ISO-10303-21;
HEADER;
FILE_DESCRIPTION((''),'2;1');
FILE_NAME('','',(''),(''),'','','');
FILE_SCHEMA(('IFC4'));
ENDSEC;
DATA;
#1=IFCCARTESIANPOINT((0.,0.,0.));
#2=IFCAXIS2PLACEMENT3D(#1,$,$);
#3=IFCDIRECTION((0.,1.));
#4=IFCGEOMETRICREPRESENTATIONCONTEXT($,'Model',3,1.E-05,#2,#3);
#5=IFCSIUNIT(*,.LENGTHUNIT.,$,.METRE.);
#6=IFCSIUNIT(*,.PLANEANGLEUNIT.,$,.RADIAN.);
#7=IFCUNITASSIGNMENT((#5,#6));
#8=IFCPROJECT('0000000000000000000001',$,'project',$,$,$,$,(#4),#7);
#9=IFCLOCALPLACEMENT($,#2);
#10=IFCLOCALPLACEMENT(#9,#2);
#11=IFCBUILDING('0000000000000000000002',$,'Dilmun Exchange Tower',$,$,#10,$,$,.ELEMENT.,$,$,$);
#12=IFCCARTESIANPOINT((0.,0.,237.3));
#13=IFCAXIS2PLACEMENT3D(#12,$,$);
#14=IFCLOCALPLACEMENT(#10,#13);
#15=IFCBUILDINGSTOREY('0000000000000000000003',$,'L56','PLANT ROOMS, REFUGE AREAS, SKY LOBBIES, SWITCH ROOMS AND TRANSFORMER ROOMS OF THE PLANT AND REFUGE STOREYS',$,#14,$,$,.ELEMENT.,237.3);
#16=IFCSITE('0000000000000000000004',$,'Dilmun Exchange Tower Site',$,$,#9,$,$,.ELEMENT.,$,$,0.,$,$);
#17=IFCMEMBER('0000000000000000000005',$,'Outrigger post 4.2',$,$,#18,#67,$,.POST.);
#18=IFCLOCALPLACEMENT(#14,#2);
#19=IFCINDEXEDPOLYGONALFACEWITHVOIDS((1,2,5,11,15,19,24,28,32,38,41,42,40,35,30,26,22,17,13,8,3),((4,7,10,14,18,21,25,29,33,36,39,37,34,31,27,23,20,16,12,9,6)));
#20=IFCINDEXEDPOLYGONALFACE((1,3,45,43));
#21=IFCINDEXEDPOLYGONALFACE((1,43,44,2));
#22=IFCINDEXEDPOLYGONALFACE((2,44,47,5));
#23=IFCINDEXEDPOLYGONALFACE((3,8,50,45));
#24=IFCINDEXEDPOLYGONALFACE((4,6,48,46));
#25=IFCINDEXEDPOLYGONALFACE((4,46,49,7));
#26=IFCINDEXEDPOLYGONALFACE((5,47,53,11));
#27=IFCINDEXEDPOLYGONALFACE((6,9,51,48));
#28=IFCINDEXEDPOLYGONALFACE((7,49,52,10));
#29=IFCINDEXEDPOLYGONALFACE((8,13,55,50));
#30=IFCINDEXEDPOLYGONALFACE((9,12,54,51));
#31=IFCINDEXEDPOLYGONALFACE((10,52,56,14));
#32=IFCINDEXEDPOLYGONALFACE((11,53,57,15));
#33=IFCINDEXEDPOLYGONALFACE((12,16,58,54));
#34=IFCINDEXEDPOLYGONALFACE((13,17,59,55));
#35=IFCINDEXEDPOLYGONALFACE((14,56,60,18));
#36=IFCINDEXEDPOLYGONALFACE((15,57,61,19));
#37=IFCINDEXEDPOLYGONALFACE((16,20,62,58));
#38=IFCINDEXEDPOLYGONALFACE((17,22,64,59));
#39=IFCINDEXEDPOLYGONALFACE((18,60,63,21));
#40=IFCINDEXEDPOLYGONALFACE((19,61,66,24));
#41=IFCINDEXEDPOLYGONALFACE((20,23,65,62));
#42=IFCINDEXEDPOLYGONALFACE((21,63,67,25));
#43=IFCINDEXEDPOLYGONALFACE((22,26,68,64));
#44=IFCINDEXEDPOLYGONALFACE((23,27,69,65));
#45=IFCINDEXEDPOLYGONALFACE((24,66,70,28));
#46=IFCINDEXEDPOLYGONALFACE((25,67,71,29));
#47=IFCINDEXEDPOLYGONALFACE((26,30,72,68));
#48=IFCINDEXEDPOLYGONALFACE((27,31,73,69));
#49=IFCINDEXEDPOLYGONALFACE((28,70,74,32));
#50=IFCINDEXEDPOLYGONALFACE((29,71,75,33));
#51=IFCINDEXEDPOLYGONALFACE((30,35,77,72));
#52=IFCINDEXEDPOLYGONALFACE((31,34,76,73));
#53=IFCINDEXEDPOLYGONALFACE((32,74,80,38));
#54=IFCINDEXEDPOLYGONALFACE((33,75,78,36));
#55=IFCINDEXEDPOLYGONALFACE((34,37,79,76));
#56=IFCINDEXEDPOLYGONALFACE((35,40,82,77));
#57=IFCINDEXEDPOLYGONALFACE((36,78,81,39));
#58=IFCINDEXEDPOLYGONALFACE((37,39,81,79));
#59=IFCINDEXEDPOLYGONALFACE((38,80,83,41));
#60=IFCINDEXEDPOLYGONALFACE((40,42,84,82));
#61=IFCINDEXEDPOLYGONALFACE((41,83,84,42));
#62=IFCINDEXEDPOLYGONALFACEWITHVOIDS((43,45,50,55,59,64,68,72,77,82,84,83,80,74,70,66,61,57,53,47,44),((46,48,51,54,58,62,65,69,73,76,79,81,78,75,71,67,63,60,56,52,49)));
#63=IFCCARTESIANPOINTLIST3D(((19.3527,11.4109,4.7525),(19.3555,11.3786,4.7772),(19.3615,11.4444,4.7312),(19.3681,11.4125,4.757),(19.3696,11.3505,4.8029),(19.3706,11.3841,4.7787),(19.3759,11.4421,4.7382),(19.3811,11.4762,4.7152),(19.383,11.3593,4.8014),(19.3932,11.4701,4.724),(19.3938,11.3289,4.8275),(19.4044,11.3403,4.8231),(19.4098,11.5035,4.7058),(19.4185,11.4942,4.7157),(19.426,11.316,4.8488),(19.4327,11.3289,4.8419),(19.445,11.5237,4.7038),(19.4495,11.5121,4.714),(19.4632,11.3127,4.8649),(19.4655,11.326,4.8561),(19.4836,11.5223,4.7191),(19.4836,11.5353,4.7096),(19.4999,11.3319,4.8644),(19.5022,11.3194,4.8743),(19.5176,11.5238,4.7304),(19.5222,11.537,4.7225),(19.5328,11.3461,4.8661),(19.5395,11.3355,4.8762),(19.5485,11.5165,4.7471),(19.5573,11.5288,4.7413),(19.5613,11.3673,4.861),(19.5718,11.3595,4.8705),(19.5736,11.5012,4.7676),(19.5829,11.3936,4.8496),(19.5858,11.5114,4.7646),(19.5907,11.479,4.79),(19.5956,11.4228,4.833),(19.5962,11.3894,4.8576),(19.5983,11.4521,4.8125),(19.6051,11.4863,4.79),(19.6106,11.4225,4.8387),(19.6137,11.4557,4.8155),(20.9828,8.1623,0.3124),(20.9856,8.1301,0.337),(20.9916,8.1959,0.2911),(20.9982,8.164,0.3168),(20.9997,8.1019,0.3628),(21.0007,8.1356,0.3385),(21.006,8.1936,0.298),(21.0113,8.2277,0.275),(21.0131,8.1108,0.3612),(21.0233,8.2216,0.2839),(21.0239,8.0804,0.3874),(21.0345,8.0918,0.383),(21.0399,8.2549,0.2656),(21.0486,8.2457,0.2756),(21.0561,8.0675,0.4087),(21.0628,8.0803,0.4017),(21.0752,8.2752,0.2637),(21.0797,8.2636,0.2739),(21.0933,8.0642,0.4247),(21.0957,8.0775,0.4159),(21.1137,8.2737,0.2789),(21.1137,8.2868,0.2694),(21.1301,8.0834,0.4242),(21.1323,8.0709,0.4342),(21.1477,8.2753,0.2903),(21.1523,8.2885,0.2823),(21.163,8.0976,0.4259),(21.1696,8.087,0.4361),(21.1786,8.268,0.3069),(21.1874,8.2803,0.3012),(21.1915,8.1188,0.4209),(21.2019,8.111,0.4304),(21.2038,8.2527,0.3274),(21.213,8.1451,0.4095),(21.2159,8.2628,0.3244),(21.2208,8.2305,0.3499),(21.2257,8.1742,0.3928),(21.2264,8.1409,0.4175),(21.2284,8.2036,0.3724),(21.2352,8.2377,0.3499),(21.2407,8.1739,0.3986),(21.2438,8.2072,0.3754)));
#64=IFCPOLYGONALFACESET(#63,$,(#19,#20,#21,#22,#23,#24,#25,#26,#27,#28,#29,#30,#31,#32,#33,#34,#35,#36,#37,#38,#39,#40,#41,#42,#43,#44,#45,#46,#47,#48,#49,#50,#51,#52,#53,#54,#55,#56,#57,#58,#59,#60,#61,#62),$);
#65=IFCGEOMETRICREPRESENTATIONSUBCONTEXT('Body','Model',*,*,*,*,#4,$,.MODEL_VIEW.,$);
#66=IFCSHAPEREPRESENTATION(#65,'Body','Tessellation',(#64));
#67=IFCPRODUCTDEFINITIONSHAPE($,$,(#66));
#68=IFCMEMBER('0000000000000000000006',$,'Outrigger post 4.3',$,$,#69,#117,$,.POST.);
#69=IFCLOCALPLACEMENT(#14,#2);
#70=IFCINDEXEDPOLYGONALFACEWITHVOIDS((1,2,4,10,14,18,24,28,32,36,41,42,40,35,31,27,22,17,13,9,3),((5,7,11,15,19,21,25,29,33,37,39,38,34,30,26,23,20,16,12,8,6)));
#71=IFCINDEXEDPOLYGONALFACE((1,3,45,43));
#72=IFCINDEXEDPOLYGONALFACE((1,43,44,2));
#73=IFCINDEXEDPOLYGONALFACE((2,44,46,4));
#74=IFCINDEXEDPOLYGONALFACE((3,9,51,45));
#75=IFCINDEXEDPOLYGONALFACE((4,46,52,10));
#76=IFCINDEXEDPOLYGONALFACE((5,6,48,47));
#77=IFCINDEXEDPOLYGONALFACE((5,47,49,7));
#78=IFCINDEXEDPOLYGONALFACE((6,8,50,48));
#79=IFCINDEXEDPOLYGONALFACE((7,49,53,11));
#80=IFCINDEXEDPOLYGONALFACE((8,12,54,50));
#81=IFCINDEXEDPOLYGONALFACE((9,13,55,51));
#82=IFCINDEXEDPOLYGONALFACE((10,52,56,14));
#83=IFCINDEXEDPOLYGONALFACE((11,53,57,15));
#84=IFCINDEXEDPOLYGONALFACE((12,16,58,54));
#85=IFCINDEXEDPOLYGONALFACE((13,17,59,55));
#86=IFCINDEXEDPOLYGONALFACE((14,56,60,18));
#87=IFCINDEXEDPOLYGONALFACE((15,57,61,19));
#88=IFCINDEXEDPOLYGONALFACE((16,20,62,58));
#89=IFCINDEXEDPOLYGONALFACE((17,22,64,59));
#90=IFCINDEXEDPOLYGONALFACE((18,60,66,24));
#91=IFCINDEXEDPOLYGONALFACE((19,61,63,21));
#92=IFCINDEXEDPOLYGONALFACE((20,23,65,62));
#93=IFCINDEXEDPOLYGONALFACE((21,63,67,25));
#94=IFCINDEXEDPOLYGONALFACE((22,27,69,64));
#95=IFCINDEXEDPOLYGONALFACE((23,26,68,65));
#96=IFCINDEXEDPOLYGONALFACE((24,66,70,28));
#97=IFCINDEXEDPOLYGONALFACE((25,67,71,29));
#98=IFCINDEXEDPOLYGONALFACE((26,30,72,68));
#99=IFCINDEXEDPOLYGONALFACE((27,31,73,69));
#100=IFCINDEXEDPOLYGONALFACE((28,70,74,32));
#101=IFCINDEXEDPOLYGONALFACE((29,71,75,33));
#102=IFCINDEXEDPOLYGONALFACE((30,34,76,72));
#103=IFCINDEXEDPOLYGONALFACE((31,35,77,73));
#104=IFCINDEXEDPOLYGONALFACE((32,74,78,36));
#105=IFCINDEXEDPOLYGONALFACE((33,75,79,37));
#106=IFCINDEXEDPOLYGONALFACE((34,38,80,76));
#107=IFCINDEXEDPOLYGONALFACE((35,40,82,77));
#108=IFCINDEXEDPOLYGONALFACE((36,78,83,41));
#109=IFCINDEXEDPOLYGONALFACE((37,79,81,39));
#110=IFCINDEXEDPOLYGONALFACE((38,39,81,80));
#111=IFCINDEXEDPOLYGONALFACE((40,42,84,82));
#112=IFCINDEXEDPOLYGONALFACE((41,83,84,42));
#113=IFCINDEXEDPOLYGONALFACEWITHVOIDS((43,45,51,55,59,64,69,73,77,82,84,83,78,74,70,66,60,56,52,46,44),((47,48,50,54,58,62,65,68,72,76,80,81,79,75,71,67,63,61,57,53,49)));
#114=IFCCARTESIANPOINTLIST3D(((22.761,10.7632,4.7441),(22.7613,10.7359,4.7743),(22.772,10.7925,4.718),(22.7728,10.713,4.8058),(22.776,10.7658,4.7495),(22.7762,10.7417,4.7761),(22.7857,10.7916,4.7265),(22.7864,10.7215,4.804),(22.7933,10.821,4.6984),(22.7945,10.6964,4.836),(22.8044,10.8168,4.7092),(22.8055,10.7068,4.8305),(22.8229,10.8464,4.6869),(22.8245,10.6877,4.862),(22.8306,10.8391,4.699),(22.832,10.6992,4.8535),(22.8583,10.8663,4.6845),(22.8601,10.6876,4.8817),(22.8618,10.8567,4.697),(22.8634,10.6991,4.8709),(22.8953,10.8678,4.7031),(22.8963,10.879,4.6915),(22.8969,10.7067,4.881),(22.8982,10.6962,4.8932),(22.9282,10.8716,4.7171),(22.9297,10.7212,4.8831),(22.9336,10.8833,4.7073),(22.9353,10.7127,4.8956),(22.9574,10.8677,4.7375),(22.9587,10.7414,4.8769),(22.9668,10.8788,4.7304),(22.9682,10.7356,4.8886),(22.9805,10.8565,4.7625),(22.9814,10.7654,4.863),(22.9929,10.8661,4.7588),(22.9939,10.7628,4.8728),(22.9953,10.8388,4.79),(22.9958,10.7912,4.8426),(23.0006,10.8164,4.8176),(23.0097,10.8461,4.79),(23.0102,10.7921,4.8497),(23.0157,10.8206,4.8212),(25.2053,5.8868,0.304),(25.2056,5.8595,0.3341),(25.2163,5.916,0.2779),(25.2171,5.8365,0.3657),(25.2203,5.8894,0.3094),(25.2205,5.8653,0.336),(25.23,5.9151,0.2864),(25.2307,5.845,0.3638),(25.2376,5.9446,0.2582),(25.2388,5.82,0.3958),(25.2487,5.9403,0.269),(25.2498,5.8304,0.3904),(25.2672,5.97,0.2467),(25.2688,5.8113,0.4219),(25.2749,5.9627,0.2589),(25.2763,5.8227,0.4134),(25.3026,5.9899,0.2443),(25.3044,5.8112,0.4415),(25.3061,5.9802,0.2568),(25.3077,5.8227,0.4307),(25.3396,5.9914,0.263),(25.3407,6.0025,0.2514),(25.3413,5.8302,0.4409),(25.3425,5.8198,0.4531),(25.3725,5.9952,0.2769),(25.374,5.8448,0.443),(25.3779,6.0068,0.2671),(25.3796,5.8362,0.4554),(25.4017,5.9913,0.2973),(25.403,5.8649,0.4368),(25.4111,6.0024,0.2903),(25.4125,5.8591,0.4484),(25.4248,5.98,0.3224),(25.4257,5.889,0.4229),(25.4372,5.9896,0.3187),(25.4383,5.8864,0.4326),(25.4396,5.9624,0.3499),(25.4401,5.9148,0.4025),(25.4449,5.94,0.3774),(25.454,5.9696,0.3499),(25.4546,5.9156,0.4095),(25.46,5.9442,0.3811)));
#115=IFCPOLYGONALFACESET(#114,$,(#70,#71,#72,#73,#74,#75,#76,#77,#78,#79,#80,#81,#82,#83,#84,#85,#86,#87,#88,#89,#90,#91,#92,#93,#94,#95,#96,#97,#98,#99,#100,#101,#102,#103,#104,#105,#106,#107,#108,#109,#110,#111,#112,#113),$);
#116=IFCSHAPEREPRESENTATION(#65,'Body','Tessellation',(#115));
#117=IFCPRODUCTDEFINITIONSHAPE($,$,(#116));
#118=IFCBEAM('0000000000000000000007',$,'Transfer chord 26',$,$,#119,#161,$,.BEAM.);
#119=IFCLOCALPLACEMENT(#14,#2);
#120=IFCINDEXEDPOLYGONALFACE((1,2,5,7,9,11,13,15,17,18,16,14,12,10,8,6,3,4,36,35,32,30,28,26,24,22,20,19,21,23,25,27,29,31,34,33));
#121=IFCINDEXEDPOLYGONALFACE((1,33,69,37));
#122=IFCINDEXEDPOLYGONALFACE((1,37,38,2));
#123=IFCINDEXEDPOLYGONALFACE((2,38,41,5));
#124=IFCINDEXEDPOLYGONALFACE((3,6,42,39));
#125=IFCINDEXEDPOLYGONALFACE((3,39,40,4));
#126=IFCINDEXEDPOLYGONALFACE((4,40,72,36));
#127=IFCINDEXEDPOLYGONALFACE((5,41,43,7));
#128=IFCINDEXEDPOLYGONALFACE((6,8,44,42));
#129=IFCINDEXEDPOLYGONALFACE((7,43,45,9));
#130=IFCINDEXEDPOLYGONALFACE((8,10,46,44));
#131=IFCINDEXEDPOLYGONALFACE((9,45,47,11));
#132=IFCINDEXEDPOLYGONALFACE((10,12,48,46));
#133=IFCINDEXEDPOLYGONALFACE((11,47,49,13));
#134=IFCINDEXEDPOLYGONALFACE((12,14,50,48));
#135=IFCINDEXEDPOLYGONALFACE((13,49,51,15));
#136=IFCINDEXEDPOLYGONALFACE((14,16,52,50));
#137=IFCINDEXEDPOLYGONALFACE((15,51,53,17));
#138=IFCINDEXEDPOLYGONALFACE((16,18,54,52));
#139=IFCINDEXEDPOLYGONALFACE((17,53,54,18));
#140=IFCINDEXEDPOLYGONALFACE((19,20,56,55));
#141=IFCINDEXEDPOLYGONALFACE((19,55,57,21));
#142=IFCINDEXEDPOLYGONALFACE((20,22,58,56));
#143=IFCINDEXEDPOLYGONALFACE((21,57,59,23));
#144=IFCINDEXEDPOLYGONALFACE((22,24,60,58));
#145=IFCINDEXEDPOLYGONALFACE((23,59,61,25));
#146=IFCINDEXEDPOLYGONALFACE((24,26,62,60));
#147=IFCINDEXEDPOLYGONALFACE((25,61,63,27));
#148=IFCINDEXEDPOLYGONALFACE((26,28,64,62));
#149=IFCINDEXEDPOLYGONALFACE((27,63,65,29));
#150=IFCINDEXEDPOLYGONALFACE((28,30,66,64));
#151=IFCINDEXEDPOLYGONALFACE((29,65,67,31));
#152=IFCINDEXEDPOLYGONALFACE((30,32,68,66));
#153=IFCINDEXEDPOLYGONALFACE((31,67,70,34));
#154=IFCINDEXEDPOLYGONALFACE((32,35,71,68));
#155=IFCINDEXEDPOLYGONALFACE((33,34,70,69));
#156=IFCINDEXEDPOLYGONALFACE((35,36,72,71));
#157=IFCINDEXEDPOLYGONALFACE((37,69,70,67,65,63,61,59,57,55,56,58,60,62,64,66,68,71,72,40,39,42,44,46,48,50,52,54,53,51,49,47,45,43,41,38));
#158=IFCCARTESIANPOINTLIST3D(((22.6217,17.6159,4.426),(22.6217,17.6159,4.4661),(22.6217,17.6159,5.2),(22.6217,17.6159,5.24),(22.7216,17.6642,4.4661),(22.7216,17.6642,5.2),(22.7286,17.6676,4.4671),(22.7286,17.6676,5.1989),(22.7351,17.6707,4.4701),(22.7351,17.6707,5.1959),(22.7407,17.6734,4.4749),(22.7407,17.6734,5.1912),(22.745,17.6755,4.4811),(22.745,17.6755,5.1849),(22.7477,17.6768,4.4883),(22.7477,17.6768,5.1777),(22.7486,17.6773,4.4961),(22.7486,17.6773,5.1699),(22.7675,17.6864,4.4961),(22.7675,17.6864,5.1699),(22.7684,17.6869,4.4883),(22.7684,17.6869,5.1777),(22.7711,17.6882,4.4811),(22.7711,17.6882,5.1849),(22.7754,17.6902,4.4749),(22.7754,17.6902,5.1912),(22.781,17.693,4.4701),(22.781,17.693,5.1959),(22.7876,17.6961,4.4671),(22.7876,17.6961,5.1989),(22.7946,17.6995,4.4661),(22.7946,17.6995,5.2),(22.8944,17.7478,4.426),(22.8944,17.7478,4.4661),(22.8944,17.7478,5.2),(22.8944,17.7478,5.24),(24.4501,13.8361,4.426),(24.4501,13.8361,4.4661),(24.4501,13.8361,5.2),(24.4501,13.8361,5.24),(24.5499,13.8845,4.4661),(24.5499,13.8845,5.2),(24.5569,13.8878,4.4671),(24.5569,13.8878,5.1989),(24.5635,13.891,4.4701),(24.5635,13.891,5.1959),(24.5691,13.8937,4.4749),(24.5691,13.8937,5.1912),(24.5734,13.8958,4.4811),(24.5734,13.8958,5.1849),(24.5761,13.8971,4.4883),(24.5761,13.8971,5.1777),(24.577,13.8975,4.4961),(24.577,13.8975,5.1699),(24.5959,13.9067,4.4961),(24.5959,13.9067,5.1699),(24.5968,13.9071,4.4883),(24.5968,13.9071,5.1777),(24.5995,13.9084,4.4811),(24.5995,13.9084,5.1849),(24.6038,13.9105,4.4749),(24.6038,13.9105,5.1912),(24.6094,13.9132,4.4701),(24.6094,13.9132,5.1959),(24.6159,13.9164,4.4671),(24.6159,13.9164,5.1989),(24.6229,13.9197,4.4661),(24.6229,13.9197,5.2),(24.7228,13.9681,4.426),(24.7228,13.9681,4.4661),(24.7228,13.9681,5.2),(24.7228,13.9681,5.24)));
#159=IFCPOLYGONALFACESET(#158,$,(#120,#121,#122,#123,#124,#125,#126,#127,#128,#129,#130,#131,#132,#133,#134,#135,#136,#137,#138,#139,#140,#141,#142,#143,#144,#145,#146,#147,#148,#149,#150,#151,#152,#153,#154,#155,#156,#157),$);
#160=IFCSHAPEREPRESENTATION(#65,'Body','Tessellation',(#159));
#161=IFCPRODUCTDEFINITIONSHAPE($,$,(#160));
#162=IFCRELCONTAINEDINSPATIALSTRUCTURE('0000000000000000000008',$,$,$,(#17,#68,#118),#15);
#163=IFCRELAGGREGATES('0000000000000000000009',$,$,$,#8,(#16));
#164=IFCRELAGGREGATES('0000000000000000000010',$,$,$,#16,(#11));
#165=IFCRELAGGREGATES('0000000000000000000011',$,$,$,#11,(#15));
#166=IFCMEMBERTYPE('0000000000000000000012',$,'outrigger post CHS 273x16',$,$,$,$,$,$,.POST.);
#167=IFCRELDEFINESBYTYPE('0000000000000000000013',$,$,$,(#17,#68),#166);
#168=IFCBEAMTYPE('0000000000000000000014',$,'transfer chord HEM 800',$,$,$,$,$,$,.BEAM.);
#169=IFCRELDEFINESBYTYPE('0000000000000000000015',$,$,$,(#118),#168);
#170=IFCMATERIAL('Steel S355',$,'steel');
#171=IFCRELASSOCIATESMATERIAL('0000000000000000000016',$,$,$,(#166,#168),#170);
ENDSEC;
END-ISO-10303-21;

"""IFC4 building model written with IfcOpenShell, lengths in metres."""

from ifc_helpers import new_model, si_unit, direction, frame, origin, origin_2d, place, context, subcontext, project, spatial, hollow_circle, i_section, extrude, material, material_profile, profile_set, type_object, element, save


model = new_model("IFC4")

# Units and contexts
model_context = context("Model", 3, precision=1e-05, world=origin(), true_north=direction((0.0, 1.0)))
body_context = subcontext(model_context, "Body", "Model", "MODEL_VIEW")
ifc_project = project(units=[si_unit("LENGTHUNIT", "METRE"), si_unit("PLANEANGLEUNIT", "RADIAN")], contexts=[model_context])

# Site, building, storey
site_placement = place(None, origin())
site = spatial("IfcSite", under=ifc_project, at=site_placement, Name="Dilmun Exchange Tower Site", CompositionType="ELEMENT", RefElevation=0.0)
building_placement = place(site_placement, origin())
building = spatial("IfcBuilding", under=site, at=building_placement, Name="Dilmun Exchange Tower", CompositionType="ELEMENT")
storey_placement = place(building_placement, frame((0.0, 0.0, 237.3)))
storey = spatial("IfcBuildingStorey", under=building, at=storey_placement, Name="L56", Description="PLANT ROOMS, REFUGE AREAS, SKY LOBBIES, SWITCH ROOMS AND TRANSFORMER ROOMS OF THE PLANT AND REFUGE STOREYS", CompositionType="ELEMENT", Elevation=237.3)

# Shared definitions
ifc_material_1 = material(Name="Steel S355", Category="steel")

# Members
ifc_material_profile_1 = material_profile(ifc_material_1, hollow_circle(Radius=0.1365, WallThickness=0.0161, at=origin_2d()), Name="CHS 273x16")
ifc_profile_set_1 = profile_set([ifc_material_profile_1], Name="Steel S355")
member_type_1 = type_object("IfcMemberType", Name="outrigger post CHS 273x16", PredefinedType="POST", material=ifc_profile_set_1)
member_1_placement = place(storey_placement, frame((19.4832, 11.425, 4.79), z_axis=(0.284089, -0.566136, -0.773811), x_axis=(0.893781, 0.448503, 0.0)))
element("IfcMember", 1, at=member_1_placement, inside=storey, type_object=member_type_1, Name="Outrigger post 4.2", PredefinedType="POST", context=body_context, shape_type="SweptSolid", body=[
    extrude(hollow_circle(Radius=0.1365, WallThickness=0.0161, at=origin_2d()), origin(), (0.0, 0.0, 1.0), 5.738),
])
member_2_placement = place(storey_placement, frame((22.8877, 10.7849, 4.79), z_axis=(0.347528, -0.693321, -0.631292), x_axis=(0.893979, 0.448109, 0.0)))
element("IfcMember", 2, at=member_2_placement, inside=storey, type_object=member_type_1, Name="Outrigger post 4.3", PredefinedType="POST", context=body_context, shape_type="SweptSolid", body=[
    extrude(hollow_circle(Radius=0.1365, WallThickness=0.0161, at=origin_2d()), origin(), (0.0, 0.0, 1.0), 7.0334),
])

# Beam
ifc_material_profile_2 = material_profile(ifc_material_1, i_section(OverallWidth=0.303, OverallDepth=0.814, WebThickness=0.021, FlangeThickness=0.04, FilletRadius=0.03, at=origin_2d()), Name="HEM 800")
ifc_profile_set_2 = profile_set([ifc_material_profile_2], Name="Steel S355")
beam_type_1 = type_object("IfcBeamType", Name="transfer chord HEM 800", PredefinedType="BEAM", material=ifc_profile_set_2)
beam_1_placement = place(storey_placement, frame((24.5864, 13.9021, 4.833), z_axis=(-0.435453, 0.900211, 0.0), x_axis=(-0.900211, -0.435453, 0.0)))
element("IfcBeam", 3, at=beam_1_placement, inside=storey, type_object=beam_type_1, Name="Transfer chord 26", PredefinedType="BEAM", context=body_context, shape_type="SweptSolid", body=[
    extrude(i_section(OverallWidth=0.303, OverallDepth=0.814, WebThickness=0.021, FlangeThickness=0.04, FilletRadius=0.03, at=origin_2d()), origin(), (0.0, 0.0, 1.0), 4.1987),
])

save(model, "model.ifc")
